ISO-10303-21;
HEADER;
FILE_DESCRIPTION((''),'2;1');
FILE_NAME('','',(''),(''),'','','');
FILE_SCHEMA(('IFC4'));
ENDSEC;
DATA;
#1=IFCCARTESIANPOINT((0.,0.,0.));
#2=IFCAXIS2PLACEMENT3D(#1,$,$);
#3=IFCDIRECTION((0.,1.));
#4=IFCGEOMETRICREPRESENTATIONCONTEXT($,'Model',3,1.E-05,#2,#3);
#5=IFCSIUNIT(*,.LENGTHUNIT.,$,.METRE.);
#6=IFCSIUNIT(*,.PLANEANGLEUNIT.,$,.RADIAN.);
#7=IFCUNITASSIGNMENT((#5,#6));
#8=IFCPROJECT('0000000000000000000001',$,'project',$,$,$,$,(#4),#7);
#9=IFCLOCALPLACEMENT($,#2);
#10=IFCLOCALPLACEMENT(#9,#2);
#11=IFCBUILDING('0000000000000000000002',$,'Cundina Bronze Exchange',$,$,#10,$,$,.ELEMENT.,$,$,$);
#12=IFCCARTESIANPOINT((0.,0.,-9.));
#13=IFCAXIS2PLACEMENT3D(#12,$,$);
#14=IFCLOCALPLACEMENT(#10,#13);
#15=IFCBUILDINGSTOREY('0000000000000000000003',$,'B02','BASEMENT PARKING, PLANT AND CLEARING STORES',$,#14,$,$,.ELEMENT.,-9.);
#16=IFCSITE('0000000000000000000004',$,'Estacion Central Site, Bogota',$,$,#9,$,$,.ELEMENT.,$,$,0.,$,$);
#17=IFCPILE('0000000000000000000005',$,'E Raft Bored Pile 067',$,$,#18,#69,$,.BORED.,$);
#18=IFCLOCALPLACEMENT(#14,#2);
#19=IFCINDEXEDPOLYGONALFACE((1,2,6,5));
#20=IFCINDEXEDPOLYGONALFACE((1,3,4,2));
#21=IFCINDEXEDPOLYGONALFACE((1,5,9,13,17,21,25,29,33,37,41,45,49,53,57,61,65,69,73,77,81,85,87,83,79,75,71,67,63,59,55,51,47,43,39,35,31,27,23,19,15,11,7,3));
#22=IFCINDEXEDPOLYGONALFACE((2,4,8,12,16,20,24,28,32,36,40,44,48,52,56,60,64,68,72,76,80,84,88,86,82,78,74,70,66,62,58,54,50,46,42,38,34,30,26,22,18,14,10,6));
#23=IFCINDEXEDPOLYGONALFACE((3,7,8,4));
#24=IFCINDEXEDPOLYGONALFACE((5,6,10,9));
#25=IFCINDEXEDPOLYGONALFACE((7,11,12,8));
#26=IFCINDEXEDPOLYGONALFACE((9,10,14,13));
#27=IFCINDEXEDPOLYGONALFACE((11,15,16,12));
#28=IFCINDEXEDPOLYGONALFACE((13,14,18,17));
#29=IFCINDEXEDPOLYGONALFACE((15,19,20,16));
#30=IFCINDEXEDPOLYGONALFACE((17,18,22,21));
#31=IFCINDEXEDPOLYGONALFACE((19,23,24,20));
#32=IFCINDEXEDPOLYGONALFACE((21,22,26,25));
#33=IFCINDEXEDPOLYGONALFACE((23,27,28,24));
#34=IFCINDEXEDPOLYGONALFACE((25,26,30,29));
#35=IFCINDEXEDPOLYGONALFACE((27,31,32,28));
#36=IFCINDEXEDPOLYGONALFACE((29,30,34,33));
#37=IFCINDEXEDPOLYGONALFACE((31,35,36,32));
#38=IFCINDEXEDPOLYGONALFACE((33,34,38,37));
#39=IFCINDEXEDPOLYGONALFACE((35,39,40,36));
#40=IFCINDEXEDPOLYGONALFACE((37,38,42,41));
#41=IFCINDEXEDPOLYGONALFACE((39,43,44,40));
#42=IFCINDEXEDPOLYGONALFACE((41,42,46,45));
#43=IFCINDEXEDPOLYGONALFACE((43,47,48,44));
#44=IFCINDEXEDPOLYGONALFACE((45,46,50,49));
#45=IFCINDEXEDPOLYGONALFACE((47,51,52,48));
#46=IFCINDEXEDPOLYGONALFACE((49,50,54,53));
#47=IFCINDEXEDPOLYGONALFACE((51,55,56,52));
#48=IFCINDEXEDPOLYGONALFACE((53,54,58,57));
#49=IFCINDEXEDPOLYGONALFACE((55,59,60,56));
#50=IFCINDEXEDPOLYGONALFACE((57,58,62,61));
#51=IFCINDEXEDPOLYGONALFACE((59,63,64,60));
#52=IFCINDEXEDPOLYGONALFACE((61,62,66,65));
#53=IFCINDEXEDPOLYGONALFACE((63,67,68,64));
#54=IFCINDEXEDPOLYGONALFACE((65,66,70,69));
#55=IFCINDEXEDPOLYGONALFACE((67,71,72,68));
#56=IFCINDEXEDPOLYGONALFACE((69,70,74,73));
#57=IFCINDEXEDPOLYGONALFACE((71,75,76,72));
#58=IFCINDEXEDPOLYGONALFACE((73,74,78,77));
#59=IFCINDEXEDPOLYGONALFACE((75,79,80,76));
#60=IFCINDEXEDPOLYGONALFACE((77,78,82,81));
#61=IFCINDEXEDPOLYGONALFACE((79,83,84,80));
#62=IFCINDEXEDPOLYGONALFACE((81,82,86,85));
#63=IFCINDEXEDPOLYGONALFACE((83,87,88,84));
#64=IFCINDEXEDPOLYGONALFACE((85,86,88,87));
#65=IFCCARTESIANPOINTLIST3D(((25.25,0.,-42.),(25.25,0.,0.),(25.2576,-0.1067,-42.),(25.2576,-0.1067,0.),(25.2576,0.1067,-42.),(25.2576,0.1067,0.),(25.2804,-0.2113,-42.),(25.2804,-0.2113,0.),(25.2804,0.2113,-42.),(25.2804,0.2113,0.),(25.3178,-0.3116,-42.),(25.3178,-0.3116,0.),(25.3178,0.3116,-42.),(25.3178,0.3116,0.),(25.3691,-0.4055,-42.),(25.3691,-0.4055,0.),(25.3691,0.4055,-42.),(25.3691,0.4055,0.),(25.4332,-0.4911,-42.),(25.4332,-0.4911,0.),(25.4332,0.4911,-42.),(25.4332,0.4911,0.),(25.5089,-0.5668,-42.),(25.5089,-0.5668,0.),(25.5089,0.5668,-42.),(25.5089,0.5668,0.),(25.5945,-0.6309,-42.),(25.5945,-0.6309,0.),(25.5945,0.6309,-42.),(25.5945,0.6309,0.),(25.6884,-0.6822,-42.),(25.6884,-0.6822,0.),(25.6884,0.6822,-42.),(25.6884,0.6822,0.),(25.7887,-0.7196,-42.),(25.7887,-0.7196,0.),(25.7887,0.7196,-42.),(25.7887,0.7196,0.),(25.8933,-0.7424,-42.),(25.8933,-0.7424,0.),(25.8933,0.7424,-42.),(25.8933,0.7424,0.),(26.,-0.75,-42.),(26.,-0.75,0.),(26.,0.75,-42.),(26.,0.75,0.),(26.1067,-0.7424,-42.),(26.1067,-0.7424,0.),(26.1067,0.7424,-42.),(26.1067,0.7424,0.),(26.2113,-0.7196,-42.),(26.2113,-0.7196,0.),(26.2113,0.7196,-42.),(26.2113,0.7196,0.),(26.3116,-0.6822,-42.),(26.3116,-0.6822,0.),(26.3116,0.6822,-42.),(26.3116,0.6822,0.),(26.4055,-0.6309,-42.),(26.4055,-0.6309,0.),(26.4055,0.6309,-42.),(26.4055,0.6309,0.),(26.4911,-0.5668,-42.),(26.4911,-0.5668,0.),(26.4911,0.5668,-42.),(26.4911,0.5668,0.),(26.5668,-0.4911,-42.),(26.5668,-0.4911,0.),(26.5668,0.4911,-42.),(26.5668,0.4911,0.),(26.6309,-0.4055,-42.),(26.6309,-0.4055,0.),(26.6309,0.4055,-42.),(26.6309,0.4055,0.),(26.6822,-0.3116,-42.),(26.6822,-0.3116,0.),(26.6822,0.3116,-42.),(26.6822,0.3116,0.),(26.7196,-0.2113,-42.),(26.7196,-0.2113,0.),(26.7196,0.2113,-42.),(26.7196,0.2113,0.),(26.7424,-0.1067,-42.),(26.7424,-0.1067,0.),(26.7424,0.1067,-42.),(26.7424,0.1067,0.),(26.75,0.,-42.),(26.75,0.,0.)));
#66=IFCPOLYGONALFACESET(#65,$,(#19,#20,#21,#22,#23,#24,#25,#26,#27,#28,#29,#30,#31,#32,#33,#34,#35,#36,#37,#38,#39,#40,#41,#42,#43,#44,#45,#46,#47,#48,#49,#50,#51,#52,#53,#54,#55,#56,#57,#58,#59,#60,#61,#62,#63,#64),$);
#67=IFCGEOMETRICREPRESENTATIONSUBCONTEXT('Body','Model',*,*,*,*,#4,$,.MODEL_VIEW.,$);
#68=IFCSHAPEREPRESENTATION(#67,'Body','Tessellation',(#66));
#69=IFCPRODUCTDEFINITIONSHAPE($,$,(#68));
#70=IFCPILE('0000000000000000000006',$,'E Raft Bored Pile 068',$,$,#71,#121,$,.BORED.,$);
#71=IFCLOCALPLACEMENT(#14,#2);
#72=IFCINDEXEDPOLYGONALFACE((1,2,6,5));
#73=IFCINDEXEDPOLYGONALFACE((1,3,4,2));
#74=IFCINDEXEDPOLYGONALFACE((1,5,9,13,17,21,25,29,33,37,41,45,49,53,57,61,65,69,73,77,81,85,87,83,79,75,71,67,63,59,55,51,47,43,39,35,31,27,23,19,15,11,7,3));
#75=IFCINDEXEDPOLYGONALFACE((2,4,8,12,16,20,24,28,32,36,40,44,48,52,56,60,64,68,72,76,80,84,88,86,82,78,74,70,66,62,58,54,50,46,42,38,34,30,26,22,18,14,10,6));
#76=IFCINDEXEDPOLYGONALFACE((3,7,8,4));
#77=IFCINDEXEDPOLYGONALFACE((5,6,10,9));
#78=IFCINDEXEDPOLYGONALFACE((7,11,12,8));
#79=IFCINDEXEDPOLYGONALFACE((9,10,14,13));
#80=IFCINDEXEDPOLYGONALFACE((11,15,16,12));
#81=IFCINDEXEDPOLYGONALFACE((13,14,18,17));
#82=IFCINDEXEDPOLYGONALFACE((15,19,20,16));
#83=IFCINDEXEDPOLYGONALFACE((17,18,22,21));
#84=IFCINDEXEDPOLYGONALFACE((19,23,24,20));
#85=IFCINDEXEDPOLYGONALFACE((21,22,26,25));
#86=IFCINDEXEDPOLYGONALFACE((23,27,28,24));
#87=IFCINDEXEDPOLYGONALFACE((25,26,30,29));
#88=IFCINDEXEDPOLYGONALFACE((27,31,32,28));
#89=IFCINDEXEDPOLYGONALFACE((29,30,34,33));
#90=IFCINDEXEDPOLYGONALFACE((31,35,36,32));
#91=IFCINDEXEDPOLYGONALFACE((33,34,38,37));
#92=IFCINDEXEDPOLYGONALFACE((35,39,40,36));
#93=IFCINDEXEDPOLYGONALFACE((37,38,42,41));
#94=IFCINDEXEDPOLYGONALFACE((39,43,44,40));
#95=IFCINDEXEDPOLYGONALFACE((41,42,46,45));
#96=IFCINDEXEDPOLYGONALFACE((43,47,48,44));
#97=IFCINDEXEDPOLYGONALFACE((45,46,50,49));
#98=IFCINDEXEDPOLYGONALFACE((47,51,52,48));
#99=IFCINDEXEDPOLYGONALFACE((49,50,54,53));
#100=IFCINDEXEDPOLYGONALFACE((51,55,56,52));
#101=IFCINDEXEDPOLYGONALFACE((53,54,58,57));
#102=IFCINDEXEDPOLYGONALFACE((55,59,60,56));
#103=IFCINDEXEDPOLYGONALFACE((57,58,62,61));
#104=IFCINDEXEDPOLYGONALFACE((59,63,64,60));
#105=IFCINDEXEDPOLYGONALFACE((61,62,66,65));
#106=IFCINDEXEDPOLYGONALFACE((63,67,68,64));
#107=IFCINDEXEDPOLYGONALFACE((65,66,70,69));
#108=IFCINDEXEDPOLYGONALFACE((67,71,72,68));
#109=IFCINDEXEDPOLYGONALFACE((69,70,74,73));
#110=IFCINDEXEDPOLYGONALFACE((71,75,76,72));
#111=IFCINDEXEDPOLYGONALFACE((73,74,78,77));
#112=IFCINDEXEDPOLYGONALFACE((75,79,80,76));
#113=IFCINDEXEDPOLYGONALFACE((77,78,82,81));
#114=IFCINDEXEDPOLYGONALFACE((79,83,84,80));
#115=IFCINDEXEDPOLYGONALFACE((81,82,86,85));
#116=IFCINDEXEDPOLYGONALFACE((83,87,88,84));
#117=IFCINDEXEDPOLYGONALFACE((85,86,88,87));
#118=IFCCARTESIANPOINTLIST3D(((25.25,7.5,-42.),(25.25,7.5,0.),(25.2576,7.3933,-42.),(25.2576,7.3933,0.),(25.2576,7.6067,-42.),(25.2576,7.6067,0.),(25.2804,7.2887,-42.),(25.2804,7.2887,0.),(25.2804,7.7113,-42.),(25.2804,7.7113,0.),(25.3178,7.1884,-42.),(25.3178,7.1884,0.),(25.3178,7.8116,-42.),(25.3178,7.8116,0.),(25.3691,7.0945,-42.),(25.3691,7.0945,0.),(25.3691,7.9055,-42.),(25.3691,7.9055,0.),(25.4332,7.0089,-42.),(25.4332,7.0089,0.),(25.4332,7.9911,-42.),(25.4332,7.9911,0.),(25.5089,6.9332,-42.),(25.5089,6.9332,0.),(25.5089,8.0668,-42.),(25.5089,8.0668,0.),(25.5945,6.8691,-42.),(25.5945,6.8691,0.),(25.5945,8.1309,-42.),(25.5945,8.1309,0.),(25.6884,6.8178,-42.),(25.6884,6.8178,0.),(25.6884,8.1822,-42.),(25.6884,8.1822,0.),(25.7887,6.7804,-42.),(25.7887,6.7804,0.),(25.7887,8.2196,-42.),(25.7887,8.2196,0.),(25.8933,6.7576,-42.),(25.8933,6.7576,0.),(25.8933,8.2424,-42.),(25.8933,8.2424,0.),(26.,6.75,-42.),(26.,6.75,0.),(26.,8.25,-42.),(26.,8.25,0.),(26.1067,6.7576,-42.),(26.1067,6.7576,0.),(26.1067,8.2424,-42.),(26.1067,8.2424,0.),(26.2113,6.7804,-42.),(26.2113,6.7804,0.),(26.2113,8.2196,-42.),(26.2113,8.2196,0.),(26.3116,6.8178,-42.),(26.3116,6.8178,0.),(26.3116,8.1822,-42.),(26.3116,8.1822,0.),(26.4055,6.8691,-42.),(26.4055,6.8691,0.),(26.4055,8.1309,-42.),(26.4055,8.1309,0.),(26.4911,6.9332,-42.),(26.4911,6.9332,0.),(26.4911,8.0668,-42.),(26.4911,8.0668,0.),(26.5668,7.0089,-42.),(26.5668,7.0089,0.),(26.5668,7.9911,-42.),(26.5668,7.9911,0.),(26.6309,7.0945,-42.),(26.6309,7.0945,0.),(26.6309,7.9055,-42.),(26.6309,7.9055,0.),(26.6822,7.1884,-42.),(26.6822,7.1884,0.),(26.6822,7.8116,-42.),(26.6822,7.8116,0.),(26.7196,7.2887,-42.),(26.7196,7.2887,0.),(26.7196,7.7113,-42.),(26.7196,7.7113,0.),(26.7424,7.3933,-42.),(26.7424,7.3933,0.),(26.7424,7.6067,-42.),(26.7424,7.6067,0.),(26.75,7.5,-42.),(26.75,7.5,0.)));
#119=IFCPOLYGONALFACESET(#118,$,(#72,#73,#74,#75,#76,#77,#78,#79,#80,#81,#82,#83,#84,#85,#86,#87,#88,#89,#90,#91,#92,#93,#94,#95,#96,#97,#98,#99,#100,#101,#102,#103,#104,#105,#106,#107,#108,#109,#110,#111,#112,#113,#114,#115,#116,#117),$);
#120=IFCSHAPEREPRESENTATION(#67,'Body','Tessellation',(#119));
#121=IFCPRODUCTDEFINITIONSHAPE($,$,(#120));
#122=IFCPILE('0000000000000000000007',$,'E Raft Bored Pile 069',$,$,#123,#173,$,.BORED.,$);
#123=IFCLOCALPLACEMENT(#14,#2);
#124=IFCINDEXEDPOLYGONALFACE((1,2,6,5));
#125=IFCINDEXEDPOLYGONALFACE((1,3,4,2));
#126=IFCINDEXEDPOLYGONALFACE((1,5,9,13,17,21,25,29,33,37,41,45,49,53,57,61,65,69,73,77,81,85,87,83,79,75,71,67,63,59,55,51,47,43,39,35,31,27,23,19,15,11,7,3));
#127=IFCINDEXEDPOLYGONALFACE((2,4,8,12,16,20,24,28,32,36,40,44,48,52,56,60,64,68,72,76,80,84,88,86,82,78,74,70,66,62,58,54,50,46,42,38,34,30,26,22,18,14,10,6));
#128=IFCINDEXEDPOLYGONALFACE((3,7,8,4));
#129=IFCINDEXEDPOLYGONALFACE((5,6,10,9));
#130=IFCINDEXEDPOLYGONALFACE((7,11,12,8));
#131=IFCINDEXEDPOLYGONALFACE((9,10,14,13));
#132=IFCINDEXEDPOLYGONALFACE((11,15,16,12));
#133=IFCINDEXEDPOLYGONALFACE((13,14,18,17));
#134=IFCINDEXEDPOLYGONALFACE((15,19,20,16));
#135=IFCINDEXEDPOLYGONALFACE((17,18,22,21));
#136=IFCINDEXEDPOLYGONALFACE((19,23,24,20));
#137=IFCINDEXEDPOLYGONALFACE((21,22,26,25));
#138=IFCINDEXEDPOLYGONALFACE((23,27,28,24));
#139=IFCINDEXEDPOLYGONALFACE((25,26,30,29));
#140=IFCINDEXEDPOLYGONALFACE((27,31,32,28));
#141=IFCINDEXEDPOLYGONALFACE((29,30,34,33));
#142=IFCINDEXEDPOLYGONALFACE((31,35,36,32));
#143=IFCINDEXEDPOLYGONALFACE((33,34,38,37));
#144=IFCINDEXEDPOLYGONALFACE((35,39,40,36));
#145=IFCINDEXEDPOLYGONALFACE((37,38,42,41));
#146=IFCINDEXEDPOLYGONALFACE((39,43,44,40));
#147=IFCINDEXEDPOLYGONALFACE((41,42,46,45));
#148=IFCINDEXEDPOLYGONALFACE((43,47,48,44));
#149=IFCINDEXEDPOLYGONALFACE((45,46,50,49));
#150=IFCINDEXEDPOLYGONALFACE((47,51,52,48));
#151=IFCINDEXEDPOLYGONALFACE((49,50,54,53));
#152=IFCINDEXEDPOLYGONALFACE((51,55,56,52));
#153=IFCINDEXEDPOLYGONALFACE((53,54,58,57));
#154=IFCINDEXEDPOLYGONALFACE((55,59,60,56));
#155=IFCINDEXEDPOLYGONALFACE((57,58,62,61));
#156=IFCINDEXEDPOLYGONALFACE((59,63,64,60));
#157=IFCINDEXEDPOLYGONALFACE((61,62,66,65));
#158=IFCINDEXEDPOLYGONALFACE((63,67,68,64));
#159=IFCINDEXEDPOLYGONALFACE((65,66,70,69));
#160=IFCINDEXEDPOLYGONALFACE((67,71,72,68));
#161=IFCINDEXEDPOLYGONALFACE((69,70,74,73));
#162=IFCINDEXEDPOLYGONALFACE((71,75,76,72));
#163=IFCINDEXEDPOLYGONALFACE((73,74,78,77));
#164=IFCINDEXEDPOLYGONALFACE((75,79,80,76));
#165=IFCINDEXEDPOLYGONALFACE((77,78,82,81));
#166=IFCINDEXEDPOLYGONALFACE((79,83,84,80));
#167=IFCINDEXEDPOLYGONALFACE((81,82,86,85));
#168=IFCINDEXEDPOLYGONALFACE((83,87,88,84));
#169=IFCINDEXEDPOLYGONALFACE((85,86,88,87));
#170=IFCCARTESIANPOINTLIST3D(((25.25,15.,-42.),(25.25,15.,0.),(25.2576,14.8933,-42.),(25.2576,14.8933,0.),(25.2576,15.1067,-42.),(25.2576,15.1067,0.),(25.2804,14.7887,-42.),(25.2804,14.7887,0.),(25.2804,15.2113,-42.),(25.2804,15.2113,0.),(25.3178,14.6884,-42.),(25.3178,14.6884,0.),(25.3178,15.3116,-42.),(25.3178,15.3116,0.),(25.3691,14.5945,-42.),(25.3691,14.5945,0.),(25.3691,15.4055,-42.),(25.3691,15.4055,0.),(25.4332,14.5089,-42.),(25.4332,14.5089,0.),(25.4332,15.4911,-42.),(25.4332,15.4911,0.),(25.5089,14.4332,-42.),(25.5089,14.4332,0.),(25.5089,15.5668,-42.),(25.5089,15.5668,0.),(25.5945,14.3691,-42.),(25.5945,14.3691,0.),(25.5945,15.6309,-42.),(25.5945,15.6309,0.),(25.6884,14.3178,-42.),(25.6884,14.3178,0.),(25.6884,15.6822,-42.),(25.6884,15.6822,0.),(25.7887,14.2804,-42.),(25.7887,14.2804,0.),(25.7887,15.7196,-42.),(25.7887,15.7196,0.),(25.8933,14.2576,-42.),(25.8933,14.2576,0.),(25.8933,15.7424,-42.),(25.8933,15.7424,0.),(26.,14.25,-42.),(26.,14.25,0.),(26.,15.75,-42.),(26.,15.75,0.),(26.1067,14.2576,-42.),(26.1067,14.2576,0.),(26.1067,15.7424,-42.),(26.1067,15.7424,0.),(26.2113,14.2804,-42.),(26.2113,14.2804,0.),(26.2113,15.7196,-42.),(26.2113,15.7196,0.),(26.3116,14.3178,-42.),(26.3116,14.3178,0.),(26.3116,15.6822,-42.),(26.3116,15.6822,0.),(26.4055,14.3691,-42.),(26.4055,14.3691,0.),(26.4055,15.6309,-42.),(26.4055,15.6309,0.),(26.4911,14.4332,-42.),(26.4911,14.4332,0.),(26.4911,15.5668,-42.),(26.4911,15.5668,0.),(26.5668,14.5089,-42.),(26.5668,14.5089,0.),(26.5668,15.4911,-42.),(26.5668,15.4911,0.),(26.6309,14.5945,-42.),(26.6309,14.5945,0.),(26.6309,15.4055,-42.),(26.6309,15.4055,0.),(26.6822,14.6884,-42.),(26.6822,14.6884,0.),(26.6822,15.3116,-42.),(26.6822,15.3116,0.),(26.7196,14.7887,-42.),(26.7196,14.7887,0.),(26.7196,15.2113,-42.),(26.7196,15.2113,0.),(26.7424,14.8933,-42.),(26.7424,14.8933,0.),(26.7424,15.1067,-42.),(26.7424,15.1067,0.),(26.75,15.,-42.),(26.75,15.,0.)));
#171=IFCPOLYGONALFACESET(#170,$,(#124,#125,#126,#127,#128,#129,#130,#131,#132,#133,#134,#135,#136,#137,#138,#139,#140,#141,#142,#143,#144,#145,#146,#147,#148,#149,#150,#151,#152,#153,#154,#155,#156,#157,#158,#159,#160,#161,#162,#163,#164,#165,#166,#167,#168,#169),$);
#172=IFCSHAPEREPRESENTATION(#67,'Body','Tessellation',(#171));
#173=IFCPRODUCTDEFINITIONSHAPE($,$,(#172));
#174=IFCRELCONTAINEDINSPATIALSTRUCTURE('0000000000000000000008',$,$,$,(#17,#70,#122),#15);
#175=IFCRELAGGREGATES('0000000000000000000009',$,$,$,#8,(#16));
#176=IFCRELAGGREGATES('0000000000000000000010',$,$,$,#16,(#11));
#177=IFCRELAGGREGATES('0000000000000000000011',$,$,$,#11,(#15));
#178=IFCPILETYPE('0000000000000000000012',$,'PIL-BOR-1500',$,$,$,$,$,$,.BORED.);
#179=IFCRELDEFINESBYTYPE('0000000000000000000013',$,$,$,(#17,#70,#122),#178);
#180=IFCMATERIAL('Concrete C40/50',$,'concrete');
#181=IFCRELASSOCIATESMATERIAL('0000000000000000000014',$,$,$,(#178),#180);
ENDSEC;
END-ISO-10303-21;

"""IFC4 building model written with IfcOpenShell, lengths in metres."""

from ifc_helpers import new_model, si_unit, direction, frame, origin, origin_2d, place, context, subcontext, project, spatial, circle, extrude, material, material_profile, profile_set, type_object, element, save


model = new_model("IFC4")

# Units and contexts
model_context = context("Model", 3, precision=1e-05, world=origin(), true_north=direction((0.0, 1.0)))
body_context = subcontext(model_context, "Body", "Model", "MODEL_VIEW")
ifc_project = project(units=[si_unit("LENGTHUNIT", "METRE"), si_unit("PLANEANGLEUNIT", "RADIAN")], contexts=[model_context])

# Site, building, storey
site_placement = place(None, origin())
site = spatial("IfcSite", under=ifc_project, at=site_placement, Name="Estacion Central Site, Bogota", CompositionType="ELEMENT", RefElevation=0.0)
building_placement = place(site_placement, origin())
building = spatial("IfcBuilding", under=site, at=building_placement, Name="Cundina Bronze Exchange", CompositionType="ELEMENT")
storey_placement = place(building_placement, frame((0.0, 0.0, -9.0)))
storey = spatial("IfcBuildingStorey", under=building, at=storey_placement, Name="B02", Description="BASEMENT PARKING, PLANT AND CLEARING STORES", CompositionType="ELEMENT", Elevation=-9.0)

# Shared definitions
ifc_material_1 = material(Name="Concrete C40/50", Category="concrete")

# Piles
ifc_material_profile_1 = material_profile(ifc_material_1, circle(Radius=0.75, at=origin_2d()), Name="PILE1500D", Category="concrete")
ifc_profile_set_1 = profile_set([ifc_material_profile_1], Name="Concrete C40/50")
pile_type_1 = type_object("IfcPileType", Name="PIL-BOR-1500", PredefinedType="BORED", material=ifc_profile_set_1)
for number, where, z_axis, x_axis, name in (
    (1, (26.0, 0.0, 0.0), (0.0, 0.0, -1.0), (1.0, 0.0, 0.0), "E Raft Bored Pile 067"),
    (2, (26.0, 7.5, 0.0), (0.0, 0.0, -1.0), (1.0, 0.0, 0.0), "E Raft Bored Pile 068"),
    (3, (26.0, 15.0, 0.0), (0.0, 0.0, -1.0), (1.0, 0.0, 0.0), "E Raft Bored Pile 069"),
):
    element("IfcPile", number, at=place(storey_placement, frame(where, z_axis=z_axis, x_axis=x_axis)), inside=storey, type_object=pile_type_1, Name=name, PredefinedType="BORED", context=body_context, shape_type="SweptSolid", body=[
        extrude(circle(Radius=0.75, at=origin_2d()), origin(), (0.0, 0.0, 1.0), 42.0),
    ])

save(model, "model.ifc")
